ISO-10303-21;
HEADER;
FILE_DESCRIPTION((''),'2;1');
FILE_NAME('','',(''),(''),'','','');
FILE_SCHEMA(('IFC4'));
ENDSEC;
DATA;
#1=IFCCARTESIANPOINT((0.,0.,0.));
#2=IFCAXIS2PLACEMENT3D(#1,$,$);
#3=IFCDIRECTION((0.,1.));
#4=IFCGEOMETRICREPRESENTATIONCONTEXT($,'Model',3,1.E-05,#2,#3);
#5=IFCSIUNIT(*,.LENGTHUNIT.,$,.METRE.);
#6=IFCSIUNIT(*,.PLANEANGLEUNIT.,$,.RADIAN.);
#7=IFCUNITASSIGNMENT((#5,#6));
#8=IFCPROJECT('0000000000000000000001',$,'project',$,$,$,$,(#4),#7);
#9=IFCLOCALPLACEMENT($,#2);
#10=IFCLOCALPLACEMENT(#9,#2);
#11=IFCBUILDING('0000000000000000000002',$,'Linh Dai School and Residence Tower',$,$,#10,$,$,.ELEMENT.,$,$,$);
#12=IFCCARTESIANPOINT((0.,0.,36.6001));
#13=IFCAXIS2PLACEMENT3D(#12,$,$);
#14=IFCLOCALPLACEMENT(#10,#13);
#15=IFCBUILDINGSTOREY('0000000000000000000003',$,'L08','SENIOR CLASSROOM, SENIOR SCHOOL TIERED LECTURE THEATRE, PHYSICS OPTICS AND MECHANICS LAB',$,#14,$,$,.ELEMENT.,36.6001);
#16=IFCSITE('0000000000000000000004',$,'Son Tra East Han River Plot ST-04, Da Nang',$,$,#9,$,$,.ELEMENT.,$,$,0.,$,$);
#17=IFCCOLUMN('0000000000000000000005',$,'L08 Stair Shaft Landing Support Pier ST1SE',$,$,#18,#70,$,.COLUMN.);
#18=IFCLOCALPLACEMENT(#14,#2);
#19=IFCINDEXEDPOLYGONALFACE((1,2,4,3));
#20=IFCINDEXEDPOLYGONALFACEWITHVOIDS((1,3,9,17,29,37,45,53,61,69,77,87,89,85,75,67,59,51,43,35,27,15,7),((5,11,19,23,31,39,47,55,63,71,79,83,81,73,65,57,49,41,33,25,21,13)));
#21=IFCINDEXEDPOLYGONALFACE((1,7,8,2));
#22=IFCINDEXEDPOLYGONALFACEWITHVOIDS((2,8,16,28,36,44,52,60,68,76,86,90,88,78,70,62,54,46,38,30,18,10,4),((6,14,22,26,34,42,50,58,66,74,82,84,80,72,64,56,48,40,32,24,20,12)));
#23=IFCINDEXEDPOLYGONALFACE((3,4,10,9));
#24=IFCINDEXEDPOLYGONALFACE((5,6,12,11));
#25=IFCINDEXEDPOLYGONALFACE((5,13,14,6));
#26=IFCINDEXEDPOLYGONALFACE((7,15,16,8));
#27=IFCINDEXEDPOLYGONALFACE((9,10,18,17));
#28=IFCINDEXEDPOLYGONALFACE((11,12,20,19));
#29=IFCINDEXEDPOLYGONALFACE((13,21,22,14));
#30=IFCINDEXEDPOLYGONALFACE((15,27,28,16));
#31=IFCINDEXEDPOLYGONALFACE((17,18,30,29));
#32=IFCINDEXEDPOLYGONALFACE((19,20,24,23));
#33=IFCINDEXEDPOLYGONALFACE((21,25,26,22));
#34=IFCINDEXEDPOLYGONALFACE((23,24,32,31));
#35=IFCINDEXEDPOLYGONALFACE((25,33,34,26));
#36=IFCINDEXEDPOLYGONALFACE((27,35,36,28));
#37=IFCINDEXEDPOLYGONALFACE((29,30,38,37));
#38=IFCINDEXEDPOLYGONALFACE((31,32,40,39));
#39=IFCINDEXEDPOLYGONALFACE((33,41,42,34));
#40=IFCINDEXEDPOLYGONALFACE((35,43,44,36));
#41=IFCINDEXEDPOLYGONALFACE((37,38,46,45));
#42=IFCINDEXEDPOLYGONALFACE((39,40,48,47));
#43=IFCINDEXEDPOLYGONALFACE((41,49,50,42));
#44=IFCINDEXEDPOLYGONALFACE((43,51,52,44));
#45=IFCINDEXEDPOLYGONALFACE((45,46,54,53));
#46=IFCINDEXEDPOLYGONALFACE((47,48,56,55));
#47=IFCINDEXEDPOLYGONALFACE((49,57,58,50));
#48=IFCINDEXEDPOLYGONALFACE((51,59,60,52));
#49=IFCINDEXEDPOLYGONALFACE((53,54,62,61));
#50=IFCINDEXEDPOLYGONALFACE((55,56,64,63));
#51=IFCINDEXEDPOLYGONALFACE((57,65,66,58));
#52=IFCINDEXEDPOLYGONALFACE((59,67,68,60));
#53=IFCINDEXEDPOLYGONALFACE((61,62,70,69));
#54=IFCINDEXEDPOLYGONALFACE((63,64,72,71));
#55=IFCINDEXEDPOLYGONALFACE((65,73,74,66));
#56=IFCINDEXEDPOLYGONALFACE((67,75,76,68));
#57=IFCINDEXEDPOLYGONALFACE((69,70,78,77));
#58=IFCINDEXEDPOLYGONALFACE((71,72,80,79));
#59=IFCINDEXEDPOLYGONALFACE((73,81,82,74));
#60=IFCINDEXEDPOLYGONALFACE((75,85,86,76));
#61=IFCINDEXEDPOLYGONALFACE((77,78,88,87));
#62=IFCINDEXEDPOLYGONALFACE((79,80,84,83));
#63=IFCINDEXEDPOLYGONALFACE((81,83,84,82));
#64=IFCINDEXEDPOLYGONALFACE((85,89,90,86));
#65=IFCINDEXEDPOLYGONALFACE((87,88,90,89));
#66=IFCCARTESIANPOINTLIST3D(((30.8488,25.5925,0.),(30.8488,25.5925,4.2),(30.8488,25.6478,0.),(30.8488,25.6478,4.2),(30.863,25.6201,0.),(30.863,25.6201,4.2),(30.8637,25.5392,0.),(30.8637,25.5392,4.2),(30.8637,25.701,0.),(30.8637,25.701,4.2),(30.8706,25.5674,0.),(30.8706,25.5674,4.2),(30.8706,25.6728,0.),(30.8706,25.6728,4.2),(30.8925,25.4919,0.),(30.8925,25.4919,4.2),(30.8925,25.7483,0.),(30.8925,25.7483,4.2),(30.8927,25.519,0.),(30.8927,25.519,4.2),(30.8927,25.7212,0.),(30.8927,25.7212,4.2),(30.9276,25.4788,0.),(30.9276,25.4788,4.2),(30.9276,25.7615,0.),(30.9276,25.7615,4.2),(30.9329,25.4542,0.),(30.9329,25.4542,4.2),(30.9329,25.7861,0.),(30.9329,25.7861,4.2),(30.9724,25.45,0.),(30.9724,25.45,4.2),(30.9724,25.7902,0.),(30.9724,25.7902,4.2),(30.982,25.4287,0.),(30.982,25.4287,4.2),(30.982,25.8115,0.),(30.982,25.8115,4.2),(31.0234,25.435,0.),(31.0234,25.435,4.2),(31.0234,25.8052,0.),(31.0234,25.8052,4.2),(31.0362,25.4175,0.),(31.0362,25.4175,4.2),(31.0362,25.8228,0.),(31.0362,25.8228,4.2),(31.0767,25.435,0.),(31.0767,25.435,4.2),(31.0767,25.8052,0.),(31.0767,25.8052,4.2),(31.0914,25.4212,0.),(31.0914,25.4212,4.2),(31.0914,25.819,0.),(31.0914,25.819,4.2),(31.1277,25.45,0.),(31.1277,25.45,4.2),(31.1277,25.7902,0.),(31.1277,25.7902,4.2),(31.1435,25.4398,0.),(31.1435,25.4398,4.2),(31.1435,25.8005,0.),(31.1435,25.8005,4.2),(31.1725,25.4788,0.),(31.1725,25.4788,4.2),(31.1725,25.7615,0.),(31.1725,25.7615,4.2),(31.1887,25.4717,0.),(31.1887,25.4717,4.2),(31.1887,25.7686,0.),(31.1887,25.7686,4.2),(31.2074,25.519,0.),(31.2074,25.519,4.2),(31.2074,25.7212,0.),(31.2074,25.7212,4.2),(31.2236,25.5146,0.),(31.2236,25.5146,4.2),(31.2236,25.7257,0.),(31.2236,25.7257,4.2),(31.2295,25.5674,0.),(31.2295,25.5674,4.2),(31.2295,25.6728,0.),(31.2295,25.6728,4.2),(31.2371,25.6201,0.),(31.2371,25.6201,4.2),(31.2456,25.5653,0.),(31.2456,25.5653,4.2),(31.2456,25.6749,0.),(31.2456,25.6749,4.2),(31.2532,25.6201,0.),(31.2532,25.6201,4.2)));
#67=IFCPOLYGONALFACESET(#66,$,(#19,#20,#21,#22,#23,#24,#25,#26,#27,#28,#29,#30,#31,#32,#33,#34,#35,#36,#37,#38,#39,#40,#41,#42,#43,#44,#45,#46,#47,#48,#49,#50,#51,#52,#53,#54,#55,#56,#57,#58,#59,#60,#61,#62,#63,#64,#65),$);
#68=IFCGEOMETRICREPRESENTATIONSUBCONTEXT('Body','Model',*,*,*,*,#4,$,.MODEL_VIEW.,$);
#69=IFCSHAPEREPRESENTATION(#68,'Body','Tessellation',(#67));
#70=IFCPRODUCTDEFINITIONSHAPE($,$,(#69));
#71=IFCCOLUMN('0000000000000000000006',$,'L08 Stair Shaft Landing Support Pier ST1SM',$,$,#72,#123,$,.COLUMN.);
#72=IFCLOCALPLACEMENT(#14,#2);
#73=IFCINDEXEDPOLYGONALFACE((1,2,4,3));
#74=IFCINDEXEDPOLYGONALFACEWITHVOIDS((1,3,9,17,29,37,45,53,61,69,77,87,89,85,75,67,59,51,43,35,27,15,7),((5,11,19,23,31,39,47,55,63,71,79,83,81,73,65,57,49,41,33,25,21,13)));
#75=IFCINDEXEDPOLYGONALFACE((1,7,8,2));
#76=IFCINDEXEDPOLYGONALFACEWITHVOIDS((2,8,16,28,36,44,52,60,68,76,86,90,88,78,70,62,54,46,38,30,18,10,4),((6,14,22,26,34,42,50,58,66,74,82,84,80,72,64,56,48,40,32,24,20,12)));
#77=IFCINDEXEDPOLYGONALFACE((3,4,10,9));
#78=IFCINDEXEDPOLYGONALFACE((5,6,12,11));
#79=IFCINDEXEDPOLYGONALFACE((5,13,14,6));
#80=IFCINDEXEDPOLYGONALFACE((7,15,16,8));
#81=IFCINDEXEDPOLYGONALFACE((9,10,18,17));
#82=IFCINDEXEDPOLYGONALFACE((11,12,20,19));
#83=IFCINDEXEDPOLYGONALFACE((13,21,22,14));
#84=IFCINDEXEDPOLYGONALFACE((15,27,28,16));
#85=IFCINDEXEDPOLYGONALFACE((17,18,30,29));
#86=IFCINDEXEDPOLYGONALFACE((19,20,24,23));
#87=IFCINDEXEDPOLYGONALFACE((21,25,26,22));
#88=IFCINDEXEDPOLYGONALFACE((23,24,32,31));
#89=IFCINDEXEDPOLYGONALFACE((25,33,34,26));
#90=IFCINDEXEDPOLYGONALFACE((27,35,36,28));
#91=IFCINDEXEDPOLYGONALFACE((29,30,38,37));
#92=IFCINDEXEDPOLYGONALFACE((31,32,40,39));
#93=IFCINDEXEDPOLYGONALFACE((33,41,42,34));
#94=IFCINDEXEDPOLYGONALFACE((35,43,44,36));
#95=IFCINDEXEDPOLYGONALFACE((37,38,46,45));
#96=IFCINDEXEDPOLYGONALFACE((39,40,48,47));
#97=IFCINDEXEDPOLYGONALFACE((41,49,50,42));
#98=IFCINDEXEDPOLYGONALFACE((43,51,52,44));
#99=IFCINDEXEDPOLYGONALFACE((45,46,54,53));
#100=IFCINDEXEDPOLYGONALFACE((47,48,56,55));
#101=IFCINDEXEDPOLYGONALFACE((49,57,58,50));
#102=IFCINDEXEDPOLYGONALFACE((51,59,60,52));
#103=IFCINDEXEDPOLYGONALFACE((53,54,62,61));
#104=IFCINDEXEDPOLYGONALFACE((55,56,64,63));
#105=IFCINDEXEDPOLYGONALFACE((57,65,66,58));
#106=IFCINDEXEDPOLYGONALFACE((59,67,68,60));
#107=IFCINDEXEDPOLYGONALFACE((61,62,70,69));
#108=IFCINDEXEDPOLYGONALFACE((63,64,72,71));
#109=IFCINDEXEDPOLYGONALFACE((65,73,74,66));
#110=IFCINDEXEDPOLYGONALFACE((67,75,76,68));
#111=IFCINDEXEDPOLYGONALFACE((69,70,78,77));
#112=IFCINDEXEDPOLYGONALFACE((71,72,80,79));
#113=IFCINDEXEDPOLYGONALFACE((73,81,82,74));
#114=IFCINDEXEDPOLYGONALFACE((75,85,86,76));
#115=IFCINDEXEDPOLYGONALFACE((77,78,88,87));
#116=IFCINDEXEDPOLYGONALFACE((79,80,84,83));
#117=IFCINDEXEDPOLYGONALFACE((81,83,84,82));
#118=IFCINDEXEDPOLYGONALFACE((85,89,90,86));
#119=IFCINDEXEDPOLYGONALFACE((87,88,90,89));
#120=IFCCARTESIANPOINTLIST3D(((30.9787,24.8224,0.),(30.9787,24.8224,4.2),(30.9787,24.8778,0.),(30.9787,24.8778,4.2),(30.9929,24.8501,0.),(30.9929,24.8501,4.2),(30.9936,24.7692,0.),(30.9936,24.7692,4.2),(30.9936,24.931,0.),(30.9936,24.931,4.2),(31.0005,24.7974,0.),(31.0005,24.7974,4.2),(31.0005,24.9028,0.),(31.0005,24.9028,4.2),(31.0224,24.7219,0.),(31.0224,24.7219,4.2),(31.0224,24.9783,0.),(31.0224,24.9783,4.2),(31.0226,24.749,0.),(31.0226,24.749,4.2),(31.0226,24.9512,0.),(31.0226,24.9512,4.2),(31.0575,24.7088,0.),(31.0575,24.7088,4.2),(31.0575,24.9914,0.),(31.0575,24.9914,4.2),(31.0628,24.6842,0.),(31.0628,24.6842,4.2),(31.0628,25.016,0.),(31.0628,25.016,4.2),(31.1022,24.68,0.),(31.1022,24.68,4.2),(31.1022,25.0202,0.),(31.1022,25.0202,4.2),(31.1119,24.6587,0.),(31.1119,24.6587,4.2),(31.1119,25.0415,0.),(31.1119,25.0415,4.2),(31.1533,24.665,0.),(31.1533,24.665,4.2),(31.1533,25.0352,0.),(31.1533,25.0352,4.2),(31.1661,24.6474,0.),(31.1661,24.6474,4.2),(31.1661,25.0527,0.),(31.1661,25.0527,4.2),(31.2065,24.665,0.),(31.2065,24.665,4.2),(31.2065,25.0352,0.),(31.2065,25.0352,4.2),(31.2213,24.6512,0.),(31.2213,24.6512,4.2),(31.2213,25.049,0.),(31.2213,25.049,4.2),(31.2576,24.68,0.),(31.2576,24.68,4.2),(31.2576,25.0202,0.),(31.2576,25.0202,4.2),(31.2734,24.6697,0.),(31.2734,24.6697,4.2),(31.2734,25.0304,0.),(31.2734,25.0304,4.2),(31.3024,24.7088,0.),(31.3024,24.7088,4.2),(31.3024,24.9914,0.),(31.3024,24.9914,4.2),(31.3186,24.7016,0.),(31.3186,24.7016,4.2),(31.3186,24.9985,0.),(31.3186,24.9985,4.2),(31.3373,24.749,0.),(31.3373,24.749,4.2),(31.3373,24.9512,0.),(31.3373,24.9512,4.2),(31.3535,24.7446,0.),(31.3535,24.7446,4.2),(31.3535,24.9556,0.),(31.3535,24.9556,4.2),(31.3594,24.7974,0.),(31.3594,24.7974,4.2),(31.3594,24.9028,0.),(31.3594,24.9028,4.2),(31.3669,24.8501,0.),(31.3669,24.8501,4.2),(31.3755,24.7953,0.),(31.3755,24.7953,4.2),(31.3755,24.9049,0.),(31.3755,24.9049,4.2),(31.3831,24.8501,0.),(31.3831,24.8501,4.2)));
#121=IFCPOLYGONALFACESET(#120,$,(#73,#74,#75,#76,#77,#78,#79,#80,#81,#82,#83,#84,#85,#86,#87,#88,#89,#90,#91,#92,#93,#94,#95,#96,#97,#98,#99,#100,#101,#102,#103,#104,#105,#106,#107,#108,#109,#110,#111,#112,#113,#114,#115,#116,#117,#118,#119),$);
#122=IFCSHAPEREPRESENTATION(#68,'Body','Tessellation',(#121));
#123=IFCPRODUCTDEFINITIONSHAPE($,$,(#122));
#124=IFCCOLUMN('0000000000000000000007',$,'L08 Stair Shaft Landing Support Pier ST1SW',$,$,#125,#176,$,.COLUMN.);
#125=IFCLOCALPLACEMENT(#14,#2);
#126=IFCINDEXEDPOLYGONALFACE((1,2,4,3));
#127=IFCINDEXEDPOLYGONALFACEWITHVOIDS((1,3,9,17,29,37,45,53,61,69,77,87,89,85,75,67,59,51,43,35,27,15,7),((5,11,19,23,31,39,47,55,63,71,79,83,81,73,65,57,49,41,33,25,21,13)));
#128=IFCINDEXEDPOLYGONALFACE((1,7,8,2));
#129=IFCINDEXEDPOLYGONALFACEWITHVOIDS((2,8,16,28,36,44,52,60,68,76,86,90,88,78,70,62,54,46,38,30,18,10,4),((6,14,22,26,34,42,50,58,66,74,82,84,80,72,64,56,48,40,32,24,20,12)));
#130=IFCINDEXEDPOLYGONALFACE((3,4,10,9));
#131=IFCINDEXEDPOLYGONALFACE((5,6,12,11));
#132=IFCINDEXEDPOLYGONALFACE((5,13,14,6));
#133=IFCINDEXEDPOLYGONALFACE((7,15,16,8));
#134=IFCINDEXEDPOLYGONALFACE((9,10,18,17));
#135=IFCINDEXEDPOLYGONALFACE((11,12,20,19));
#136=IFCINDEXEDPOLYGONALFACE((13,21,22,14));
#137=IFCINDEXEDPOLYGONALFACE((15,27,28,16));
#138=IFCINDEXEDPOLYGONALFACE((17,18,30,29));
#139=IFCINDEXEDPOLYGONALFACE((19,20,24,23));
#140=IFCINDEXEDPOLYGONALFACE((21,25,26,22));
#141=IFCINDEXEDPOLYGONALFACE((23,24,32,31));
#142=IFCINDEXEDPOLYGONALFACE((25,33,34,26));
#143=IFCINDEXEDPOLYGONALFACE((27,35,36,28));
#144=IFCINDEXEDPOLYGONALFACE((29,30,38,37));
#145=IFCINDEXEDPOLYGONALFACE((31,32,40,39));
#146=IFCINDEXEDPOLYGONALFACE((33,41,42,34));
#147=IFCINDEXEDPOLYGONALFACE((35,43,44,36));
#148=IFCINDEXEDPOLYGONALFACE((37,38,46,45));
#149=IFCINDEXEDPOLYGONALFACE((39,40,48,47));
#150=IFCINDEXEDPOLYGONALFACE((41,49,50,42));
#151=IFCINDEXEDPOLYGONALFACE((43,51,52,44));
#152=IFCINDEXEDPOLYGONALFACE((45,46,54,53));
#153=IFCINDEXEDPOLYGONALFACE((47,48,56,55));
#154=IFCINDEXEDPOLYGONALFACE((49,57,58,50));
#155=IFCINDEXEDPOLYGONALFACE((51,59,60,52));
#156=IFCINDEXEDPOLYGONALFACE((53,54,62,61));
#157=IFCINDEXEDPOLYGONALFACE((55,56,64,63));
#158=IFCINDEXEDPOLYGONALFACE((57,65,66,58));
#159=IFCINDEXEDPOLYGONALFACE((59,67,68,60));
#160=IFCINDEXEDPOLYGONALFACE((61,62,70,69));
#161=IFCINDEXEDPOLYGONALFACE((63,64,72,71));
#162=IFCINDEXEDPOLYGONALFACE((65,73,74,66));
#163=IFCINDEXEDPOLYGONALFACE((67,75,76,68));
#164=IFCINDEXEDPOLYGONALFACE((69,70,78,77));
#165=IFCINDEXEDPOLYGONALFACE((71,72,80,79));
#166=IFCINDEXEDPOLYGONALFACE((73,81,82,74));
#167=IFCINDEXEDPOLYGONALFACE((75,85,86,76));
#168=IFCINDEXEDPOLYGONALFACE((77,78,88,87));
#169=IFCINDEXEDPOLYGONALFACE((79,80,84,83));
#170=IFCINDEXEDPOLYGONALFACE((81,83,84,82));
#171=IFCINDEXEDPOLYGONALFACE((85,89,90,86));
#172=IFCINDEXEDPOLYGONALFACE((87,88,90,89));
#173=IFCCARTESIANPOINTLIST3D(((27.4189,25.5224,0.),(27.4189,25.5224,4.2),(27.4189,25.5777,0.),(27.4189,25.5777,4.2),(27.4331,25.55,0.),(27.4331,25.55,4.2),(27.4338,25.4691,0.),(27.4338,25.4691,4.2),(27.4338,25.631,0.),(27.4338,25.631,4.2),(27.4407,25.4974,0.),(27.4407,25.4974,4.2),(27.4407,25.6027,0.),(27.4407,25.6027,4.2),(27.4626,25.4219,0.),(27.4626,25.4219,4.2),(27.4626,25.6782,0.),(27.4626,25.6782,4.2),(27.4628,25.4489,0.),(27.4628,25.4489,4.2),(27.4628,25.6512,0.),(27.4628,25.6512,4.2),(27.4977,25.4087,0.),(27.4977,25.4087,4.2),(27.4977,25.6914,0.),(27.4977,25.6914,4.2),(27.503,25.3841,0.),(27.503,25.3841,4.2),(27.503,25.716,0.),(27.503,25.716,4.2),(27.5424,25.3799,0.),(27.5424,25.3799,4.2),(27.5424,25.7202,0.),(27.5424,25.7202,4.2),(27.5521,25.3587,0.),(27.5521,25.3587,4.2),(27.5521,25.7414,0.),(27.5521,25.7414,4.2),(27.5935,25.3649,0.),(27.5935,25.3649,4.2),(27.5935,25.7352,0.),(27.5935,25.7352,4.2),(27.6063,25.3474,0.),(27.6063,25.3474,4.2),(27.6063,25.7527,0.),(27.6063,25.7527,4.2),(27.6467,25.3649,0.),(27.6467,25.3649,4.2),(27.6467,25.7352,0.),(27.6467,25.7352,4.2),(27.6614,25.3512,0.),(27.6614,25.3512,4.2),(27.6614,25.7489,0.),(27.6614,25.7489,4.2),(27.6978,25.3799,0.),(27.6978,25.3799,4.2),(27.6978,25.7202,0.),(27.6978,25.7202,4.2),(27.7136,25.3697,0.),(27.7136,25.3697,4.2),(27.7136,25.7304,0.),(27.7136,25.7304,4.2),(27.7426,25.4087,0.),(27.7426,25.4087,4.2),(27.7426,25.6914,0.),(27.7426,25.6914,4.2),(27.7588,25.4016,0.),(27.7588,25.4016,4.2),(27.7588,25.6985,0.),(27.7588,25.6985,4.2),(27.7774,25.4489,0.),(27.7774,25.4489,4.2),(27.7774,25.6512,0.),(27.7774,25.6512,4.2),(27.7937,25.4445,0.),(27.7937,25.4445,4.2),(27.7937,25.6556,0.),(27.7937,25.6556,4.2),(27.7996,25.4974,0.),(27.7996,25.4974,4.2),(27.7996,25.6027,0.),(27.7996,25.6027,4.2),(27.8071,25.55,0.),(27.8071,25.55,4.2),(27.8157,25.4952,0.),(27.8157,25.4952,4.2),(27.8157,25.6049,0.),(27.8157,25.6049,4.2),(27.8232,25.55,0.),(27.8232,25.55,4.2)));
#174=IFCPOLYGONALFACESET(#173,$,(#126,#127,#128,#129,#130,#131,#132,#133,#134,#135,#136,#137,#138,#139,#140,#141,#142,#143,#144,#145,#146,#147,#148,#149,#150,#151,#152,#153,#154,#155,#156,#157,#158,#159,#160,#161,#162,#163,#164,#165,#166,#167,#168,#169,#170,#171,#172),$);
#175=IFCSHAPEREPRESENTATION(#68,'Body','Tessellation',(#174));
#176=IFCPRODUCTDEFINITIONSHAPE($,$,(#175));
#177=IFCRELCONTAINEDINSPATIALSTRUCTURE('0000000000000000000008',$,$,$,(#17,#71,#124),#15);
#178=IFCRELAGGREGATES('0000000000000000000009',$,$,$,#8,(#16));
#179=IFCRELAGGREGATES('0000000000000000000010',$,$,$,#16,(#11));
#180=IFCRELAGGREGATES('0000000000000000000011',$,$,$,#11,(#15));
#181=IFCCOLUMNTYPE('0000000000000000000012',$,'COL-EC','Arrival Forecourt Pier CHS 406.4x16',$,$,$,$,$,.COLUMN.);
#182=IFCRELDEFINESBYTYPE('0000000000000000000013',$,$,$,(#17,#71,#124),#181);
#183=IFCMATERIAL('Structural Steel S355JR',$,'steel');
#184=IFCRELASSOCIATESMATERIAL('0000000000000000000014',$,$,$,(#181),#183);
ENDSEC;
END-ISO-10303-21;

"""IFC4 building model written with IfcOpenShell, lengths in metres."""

from ifc_helpers import new_model, si_unit, direction, frame, origin, origin_2d, place, context, subcontext, project, spatial, hollow_circle, extrude, material, material_profile, profile_set, type_object, element, save


model = new_model("IFC4")

# Units and contexts
model_context = context("Model", 3, precision=1e-05, world=origin(), true_north=direction((0.0, 1.0)))
body_context = subcontext(model_context, "Body", "Model", "MODEL_VIEW")
ifc_project = project(units=[si_unit("LENGTHUNIT", "METRE"), si_unit("PLANEANGLEUNIT", "RADIAN")], contexts=[model_context])

# Site, building, storey
site_placement = place(None, origin())
site = spatial("IfcSite", under=ifc_project, at=site_placement, Name="Son Tra East Han River Plot ST-04, Da Nang", CompositionType="ELEMENT", RefElevation=0.0)
building_placement = place(site_placement, origin())
building = spatial("IfcBuilding", under=site, at=building_placement, Name="Linh Dai School and Residence Tower", CompositionType="ELEMENT")
storey_placement = place(building_placement, frame((0.0, 0.0, 36.6001)))
storey = spatial("IfcBuildingStorey", under=building, at=storey_placement, Name="L08", Description="SENIOR CLASSROOM, SENIOR SCHOOL TIERED LECTURE THEATRE, PHYSICS OPTICS AND MECHANICS LAB", CompositionType="ELEMENT", Elevation=36.6001)

# Columns
ifc_material_1 = material(Name="Structural Steel S355JR", Category="steel")
ifc_material_profile_1 = material_profile(ifc_material_1, hollow_circle(Radius=0.2031, WallThickness=0.0161, at=origin_2d()), Name="CHS 406.4x16")
ifc_profile_set_1 = profile_set([ifc_material_profile_1], Name="Structural Steel S355JR")
column_type = type_object("IfcColumnType", Name="COL-EC", Description="Arrival Forecourt Pier CHS 406.4x16", PredefinedType="COLUMN", material=ifc_profile_set_1)
for number, where, z_axis, x_axis, name in (
    (1, (31.05, 25.6201, 0.0), (0.0, 0.0, 1.0), (1.0, 0.0, 0.0), "L08 Stair Shaft Landing Support Pier ST1SE"),
    (2, (31.1799, 24.8501, 0.0), (0.0, 0.0, 1.0), (1.0, 0.0, 0.0), "L08 Stair Shaft Landing Support Pier ST1SM"),
    (3, (27.6201, 25.55, 0.0), (0.0, 0.0, 1.0), (1.0, 0.0, 0.0), "L08 Stair Shaft Landing Support Pier ST1SW"),
):
    element("IfcColumn", number, at=place(storey_placement, frame(where, z_axis=z_axis, x_axis=x_axis)), inside=storey, type_object=column_type, Name=name, PredefinedType="COLUMN", context=body_context, shape_type="SweptSolid", body=[
        extrude(hollow_circle(Radius=0.2031, WallThickness=0.0161, at=origin_2d()), origin(), (0.0, 0.0, 1.0), 4.2),
    ])

save(model, "model.ifc")
